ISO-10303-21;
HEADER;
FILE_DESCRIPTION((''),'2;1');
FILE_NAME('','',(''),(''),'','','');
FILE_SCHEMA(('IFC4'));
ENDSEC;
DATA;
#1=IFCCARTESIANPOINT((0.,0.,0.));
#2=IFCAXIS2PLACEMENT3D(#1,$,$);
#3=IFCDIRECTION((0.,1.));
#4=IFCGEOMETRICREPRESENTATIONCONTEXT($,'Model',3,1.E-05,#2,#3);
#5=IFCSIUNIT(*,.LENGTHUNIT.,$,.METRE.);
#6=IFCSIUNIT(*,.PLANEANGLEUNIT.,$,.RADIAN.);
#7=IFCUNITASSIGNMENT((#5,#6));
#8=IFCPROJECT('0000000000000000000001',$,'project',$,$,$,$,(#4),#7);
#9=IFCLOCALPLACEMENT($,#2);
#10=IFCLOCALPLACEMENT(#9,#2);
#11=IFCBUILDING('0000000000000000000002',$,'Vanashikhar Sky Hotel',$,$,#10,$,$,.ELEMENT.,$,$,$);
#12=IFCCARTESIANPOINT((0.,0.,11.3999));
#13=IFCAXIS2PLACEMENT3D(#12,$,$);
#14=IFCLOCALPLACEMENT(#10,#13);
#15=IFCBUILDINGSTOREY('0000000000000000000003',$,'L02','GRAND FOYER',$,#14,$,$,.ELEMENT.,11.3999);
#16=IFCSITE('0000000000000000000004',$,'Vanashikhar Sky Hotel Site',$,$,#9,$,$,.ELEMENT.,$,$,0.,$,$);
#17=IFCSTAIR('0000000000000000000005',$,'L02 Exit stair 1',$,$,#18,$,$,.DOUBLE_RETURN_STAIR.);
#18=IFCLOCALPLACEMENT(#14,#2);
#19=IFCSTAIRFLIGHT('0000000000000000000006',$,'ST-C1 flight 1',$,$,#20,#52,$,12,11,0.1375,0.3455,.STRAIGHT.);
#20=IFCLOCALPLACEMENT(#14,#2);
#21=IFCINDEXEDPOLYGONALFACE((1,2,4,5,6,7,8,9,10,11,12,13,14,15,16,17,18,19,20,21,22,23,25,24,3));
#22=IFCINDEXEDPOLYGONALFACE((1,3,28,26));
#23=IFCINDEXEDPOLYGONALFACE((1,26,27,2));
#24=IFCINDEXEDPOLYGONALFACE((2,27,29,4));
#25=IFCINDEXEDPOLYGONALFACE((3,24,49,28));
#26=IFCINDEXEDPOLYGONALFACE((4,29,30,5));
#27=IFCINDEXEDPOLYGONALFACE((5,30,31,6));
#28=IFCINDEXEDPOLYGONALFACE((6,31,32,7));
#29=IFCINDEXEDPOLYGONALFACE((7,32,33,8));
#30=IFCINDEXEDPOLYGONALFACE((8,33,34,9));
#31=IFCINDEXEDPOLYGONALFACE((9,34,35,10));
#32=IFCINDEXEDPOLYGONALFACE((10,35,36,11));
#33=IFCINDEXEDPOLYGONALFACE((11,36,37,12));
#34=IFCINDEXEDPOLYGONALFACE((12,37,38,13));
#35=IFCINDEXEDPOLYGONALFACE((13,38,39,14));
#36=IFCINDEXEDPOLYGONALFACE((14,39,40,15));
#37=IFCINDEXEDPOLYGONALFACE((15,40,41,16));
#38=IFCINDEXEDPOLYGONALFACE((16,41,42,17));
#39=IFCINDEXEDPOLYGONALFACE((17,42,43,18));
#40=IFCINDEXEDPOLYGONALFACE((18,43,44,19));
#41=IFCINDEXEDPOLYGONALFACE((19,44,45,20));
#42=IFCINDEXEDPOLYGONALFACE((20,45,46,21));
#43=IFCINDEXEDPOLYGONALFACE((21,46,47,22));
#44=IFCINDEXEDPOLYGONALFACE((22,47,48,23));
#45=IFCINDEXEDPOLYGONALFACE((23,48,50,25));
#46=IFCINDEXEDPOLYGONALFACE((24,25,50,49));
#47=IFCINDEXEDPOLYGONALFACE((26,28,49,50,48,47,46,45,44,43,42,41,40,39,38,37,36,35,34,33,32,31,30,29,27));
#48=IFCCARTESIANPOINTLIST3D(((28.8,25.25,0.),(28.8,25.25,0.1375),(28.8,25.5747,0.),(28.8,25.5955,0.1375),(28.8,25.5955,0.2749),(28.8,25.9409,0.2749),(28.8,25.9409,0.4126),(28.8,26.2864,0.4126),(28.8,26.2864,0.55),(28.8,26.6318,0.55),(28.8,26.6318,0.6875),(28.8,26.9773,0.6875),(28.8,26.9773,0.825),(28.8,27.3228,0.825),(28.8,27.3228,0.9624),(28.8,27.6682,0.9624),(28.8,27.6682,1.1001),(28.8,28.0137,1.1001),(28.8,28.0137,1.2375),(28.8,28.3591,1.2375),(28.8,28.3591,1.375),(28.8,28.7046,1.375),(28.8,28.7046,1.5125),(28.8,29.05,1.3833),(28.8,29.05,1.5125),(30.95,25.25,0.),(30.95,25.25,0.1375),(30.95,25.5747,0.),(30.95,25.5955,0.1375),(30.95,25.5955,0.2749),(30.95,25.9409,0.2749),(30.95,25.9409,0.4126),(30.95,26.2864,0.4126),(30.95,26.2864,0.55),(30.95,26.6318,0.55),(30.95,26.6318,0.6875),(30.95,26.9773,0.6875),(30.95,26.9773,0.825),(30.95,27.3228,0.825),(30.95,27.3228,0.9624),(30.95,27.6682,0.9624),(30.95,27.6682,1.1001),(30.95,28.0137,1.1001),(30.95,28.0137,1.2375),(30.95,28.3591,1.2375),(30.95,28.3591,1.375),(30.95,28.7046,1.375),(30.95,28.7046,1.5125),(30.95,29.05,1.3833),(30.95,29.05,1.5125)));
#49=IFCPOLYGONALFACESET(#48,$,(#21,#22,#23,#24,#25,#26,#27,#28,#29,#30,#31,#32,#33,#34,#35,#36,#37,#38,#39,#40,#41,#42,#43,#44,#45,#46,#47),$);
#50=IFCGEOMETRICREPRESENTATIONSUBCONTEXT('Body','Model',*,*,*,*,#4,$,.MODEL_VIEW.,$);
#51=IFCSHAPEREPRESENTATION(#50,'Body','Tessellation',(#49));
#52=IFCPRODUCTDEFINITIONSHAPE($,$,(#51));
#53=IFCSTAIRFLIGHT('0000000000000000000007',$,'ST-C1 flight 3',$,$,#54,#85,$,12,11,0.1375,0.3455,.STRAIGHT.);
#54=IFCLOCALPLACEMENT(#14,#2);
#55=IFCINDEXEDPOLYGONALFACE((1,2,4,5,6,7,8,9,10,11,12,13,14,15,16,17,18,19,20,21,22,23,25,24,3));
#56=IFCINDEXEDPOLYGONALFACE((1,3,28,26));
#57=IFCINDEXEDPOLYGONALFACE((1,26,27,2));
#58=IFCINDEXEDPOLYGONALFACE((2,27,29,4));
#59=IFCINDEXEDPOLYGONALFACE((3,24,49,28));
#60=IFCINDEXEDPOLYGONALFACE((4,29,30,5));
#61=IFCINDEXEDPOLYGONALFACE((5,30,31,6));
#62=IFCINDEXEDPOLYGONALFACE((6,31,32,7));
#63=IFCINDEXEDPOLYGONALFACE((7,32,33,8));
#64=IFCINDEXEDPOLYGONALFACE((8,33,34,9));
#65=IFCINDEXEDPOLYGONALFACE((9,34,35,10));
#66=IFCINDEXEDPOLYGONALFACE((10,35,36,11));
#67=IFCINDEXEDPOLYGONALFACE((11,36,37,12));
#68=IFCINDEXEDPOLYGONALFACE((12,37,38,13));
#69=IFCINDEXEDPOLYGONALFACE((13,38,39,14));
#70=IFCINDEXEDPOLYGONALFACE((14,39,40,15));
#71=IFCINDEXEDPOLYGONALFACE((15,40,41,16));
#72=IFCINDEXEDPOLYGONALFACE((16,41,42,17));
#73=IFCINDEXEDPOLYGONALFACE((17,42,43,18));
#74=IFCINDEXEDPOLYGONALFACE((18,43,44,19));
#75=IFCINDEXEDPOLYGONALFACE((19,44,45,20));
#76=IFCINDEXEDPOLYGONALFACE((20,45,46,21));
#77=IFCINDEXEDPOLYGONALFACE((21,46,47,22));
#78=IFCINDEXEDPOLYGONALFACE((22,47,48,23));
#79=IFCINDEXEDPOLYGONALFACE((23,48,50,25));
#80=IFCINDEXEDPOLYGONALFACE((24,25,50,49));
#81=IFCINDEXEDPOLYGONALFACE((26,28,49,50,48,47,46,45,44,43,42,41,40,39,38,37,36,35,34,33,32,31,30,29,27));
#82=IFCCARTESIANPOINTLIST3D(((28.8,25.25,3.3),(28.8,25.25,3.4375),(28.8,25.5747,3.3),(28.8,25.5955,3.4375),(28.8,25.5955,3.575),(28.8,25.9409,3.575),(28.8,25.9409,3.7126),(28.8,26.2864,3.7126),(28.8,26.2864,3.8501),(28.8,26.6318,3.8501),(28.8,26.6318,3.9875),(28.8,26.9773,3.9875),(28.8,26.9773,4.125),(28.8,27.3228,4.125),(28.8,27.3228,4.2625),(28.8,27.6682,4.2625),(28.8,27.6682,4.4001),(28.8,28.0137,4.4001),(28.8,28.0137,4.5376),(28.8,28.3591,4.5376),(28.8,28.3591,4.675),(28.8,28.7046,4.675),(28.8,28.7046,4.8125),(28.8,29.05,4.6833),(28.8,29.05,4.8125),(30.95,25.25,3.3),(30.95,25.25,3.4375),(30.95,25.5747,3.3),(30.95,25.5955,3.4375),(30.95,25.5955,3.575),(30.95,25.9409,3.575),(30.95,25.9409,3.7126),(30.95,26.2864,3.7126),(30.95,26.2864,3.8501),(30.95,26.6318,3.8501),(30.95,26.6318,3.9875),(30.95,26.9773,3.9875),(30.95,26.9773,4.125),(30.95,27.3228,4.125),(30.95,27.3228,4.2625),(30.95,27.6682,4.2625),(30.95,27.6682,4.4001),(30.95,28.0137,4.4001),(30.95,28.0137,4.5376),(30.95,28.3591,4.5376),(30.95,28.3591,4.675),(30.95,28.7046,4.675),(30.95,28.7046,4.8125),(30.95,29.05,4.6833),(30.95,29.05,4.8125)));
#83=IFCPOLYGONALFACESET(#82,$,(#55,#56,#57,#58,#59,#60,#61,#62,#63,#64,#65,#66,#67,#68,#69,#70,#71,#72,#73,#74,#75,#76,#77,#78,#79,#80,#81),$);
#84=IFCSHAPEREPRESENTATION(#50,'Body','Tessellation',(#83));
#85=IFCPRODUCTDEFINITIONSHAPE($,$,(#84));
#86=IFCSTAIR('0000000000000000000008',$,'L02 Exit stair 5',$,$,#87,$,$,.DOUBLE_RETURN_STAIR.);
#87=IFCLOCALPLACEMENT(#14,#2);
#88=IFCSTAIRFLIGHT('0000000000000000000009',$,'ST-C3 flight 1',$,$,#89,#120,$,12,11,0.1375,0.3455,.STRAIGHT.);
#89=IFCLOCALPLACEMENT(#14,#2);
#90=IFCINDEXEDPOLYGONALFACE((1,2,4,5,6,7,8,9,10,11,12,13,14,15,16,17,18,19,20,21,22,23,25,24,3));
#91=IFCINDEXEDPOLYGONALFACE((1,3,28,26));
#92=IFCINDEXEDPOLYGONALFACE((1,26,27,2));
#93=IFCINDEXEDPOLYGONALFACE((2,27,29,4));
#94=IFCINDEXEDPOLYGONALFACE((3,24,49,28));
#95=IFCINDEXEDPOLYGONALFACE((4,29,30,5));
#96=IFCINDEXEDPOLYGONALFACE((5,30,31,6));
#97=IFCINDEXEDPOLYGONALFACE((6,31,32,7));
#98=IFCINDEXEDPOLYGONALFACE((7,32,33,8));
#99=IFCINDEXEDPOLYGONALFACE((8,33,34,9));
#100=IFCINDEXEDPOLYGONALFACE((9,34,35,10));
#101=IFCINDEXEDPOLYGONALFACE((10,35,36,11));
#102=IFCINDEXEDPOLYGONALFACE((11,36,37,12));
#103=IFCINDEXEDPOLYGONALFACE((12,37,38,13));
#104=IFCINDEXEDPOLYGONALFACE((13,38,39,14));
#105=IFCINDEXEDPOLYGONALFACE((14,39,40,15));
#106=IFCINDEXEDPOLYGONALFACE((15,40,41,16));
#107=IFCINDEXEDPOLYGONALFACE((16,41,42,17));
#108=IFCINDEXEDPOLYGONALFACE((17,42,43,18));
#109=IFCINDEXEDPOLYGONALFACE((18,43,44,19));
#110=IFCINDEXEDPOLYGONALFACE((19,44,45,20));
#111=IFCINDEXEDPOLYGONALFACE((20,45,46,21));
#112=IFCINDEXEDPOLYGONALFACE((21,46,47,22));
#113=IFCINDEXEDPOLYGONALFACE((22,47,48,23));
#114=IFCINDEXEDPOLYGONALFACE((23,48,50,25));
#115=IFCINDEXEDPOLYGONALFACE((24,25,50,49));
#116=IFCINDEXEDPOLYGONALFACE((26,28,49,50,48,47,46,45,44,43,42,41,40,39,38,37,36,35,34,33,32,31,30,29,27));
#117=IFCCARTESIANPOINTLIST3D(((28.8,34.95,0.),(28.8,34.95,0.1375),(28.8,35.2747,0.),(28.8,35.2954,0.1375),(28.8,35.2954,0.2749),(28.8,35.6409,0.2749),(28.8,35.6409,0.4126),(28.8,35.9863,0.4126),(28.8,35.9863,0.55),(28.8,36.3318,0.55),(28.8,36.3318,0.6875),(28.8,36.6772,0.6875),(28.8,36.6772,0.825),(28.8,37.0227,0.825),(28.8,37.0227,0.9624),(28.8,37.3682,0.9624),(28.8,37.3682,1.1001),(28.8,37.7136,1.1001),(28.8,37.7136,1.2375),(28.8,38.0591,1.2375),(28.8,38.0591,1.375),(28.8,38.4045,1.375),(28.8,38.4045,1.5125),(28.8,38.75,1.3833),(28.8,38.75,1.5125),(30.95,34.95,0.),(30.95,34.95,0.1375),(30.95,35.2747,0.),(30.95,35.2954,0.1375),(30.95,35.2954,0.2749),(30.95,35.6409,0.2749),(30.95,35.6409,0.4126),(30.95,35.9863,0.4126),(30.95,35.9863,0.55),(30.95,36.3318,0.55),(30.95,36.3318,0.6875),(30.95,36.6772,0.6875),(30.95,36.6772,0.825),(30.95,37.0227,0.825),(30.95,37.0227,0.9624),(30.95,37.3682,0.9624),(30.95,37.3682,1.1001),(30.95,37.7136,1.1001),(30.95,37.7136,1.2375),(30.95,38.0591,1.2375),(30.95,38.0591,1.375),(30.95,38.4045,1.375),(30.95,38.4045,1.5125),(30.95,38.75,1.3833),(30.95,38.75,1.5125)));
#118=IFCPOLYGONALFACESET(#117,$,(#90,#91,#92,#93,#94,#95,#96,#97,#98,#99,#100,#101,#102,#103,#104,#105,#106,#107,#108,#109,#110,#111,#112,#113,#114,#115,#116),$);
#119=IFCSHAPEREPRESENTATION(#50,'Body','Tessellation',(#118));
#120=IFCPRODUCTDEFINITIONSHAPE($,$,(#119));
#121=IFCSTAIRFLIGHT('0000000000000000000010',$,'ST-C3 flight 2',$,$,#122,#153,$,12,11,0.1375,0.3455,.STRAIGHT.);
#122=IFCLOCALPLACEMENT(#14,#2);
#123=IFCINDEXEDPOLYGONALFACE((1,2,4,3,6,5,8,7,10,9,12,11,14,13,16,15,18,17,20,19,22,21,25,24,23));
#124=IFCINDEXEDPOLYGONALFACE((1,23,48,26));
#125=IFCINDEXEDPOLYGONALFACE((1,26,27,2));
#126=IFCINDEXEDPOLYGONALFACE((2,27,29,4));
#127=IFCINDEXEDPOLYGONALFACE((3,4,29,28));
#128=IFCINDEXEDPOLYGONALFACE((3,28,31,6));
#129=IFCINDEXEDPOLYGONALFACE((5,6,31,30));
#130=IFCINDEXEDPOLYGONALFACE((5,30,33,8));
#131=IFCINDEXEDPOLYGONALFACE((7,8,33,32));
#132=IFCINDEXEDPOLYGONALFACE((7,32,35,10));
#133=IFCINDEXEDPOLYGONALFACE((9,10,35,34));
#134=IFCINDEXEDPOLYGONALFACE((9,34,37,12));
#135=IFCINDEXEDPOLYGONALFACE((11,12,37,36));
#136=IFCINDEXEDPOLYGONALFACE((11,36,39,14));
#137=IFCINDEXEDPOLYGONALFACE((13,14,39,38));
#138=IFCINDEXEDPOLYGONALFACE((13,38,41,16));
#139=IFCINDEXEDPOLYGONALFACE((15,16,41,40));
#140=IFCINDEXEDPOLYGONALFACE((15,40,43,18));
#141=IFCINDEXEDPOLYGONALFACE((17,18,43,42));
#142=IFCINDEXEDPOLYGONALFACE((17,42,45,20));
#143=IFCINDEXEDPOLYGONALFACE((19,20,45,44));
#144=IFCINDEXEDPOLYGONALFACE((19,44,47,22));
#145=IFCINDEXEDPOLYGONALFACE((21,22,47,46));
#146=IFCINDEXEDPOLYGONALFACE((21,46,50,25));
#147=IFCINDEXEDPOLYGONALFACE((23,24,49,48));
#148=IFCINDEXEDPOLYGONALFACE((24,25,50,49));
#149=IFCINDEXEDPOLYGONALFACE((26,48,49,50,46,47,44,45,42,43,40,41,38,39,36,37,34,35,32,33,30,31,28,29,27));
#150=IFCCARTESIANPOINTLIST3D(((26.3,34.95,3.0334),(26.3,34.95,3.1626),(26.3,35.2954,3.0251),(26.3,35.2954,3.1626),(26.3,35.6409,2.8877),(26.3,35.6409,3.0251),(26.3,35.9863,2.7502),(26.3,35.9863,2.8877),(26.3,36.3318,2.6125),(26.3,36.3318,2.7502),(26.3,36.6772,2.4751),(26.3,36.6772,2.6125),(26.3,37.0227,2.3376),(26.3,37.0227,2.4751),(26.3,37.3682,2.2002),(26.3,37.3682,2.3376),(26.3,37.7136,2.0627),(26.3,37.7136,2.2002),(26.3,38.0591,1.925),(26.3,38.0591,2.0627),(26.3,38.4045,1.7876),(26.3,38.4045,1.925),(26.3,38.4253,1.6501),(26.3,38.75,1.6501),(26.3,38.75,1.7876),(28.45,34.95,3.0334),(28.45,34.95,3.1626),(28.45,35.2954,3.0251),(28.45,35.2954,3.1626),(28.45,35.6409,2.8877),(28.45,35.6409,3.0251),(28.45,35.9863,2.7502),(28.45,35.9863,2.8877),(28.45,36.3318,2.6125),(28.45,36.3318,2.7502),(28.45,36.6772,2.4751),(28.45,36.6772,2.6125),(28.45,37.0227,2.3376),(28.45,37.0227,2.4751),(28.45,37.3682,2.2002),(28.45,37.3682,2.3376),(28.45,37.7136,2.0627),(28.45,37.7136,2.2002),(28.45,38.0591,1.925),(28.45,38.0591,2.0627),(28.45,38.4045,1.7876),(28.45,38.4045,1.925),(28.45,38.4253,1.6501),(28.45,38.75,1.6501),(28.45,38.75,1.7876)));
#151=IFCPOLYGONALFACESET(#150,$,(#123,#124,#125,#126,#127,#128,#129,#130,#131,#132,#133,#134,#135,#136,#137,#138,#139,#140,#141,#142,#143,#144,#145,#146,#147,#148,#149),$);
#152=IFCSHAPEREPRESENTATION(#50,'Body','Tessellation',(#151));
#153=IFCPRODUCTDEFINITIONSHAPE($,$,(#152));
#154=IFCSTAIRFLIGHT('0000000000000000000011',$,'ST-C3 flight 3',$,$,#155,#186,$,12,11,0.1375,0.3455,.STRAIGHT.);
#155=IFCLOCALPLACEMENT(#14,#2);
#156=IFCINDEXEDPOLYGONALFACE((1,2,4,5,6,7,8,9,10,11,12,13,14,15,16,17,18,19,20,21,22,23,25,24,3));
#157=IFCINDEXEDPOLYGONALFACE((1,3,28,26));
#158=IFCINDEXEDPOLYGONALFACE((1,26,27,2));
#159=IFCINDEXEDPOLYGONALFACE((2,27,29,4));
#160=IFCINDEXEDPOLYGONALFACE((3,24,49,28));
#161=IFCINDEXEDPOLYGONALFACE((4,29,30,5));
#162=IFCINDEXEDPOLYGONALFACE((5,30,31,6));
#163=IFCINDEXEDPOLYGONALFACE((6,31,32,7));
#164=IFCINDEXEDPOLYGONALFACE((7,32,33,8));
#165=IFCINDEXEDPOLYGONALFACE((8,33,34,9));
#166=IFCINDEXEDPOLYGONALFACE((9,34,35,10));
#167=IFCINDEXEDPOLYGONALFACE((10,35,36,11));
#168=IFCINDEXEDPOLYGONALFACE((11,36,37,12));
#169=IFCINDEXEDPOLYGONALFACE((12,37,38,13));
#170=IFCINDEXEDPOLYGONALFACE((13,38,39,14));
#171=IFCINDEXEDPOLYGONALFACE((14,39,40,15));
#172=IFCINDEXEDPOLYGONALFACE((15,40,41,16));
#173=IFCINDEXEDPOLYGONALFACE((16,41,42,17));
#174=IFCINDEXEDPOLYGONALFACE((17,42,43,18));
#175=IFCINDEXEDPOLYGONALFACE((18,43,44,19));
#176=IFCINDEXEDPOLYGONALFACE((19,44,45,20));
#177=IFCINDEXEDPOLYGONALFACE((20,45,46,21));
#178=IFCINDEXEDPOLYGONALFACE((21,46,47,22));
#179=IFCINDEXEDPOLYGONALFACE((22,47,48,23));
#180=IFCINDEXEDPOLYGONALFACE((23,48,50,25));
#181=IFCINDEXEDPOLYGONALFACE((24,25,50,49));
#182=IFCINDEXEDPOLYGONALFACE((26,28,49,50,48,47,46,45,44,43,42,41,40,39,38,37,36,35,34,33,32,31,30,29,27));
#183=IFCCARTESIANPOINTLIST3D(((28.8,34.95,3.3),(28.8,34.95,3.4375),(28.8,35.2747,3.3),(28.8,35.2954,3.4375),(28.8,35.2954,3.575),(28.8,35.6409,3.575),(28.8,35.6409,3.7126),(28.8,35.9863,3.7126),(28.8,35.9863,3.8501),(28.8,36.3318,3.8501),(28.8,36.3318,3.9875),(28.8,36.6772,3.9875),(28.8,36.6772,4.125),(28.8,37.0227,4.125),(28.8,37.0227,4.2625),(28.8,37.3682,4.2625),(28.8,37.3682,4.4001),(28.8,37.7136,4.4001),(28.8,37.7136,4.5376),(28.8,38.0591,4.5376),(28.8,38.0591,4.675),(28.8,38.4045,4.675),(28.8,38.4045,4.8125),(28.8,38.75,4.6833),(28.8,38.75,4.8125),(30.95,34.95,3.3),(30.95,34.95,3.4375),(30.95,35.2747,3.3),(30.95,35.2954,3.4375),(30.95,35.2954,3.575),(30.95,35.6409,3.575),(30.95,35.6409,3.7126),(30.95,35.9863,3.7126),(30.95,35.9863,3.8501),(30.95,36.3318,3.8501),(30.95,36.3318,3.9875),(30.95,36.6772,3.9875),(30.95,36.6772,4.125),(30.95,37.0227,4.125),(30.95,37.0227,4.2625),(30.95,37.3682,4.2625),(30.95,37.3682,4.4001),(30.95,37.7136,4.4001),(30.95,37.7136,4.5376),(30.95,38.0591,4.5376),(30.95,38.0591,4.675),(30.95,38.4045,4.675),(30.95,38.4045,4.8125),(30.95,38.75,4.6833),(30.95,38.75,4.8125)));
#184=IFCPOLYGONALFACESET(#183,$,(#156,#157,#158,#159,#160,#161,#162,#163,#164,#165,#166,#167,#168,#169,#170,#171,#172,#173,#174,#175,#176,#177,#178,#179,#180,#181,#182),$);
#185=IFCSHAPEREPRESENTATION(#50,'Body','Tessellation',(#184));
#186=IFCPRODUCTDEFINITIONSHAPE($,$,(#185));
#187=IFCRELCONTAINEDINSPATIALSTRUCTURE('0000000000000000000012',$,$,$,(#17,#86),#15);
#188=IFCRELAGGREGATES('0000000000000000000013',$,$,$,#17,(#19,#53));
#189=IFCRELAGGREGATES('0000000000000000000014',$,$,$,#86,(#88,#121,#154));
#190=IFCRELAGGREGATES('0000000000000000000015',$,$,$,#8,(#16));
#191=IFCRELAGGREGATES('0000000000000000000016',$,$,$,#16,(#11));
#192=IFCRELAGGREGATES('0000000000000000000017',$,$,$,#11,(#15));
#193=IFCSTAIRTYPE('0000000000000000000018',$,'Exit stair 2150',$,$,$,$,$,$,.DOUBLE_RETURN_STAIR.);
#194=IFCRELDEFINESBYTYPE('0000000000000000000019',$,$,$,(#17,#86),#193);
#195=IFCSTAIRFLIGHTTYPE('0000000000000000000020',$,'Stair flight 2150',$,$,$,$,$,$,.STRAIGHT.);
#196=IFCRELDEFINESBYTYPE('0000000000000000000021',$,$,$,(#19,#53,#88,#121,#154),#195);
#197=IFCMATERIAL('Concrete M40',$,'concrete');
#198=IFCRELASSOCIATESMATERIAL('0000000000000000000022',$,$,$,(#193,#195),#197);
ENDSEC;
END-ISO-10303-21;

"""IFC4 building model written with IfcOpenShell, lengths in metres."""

from ifc_helpers import new_model, si_unit, direction, frame, origin, place, context, subcontext, project, spatial, polyline, outline, extrude, source, transform, mapped, material, type_object, element, aggregate, save


model = new_model("IFC4")

# Units and contexts
model_context = context("Model", 3, precision=1e-05, world=origin(), true_north=direction((0.0, 1.0)))
body_context = subcontext(model_context, "Body", "Model", "MODEL_VIEW")
ifc_project = project(units=[si_unit("LENGTHUNIT", "METRE"), si_unit("PLANEANGLEUNIT", "RADIAN")], contexts=[model_context])

# Site, building, storey
site_placement = place(None, origin())
site = spatial("IfcSite", under=ifc_project, at=site_placement, Name="Vanashikhar Sky Hotel Site", CompositionType="ELEMENT", RefElevation=0.0)
building_placement = place(site_placement, origin())
building = spatial("IfcBuilding", under=site, at=building_placement, Name="Vanashikhar Sky Hotel", CompositionType="ELEMENT")
storey_placement = place(building_placement, frame((0.0, 0.0, 11.3999)))
storey = spatial("IfcBuildingStorey", under=building, at=storey_placement, Name="L02", Description="GRAND FOYER", CompositionType="ELEMENT", Elevation=11.3999)

# Stairs, stair flights
ifc_material_1 = material(Name="Concrete M40", Category="concrete")
stair_type = type_object("IfcStairType", Name="Exit stair 2150", PredefinedType="DOUBLE_RETURN_STAIR", material=ifc_material_1)
stair_1_placement = place(storey_placement, origin())
stair_1 = element("IfcStair", 1, at=stair_1_placement, inside=storey, type_object=stair_type, Name="L02 Exit stair 1", PredefinedType="DOUBLE_RETURN_STAIR")
stair_flight_type = type_object("IfcStairFlightType", Name="Stair flight 2150", PredefinedType="STRAIGHT", material=ifc_material_1)
shared_shape_1 = source(origin(), body_context, "Body", "SweptSolid", [
    extrude(outline(polyline([(0.0, 0.0), (0.0, 0.1375), (0.3455, 0.1375), (0.3455, 0.2749), (0.6909, 0.2749), (0.6909, 0.4126), (1.0364, 0.4126), (1.0364, 0.55), (1.3818, 0.55), (1.3818, 0.6875), (1.7273, 0.6875), (1.7273, 0.825), (2.0728, 0.825), (2.0728, 0.9624), (2.4182, 0.9624), (2.4182, 1.1001), (2.7637, 1.1001), (2.7637, 1.2375), (3.1091, 1.2375), (3.1091, 1.375), (3.4546, 1.375), (3.4546, 1.5125), (3.8, 1.5125), (3.8, 1.6499), (3.8, 1.3833), (0.3247, 0.0), (0.0, 0.0)])), frame((0.0, 1.075, 0.0), z_axis=(0.0, -1.0, 0.0), x_axis=(1.0, 0.0, 0.0)), (0.0, 0.0, 1.0), 2.1499),
])
stair_flight_1_placement = place(storey_placement, frame((29.875, 25.25, 0.0), z_axis=(0.0, 0.0, 1.0), x_axis=(0.0, 1.0, 0.0)))
stair_flight_1 = element("IfcStairFlight", 2, at=stair_flight_1_placement, type_object=stair_flight_type, Name="ST-C1 flight 1", NumberOfRisers=12, NumberOfTreads=11, PredefinedType="STRAIGHT", RiserHeight=0.1375, TreadLength=0.3455, context=body_context, shape_type="MappedRepresentation", body=[
    mapped(shared_shape_1, transform((0.0, 0.0, 0.0), scale=1.0)),
])
stair_flight_2_placement = place(storey_placement, frame((29.875, 25.25, 3.3), z_axis=(0.0, 0.0, 1.0), x_axis=(0.0, 1.0, 0.0)))
stair_flight_2 = element("IfcStairFlight", 3, at=stair_flight_2_placement, type_object=stair_flight_type, Name="ST-C1 flight 3", NumberOfRisers=12, NumberOfTreads=11, PredefinedType="STRAIGHT", RiserHeight=0.1375, TreadLength=0.3455, context=body_context, shape_type="MappedRepresentation", body=[
    mapped(shared_shape_1, transform((0.0, 0.0, 0.0), scale=1.0)),
])
aggregate(stair_1, [stair_flight_1, stair_flight_2])
stair_2_placement = place(storey_placement, origin())
stair_2 = element("IfcStair", 4, at=stair_2_placement, inside=storey, type_object=stair_type, Name="L02 Exit stair 5", PredefinedType="DOUBLE_RETURN_STAIR")
stair_flight_3_placement = place(storey_placement, frame((29.875, 34.95, 0.0), z_axis=(0.0, 0.0, 1.0), x_axis=(0.0, 1.0, 0.0)))
stair_flight_3 = element("IfcStairFlight", 5, at=stair_flight_3_placement, type_object=stair_flight_type, Name="ST-C3 flight 1", NumberOfRisers=12, NumberOfTreads=11, PredefinedType="STRAIGHT", RiserHeight=0.1375, TreadLength=0.3455, context=body_context, shape_type="MappedRepresentation", body=[
    mapped(shared_shape_1, transform((0.0, 0.0, 0.0), scale=1.0)),
])
stair_flight_4_placement = place(storey_placement, frame((27.375, 38.75, 1.6501), z_axis=(0.0, 0.0, 1.0), x_axis=(0.0, -1.0, 0.0)))
stair_flight_4 = element("IfcStairFlight", 6, at=stair_flight_4_placement, type_object=stair_flight_type, Name="ST-C3 flight 2", NumberOfRisers=12, NumberOfTreads=11, PredefinedType="STRAIGHT", RiserHeight=0.1375, TreadLength=0.3455, context=body_context, shape_type="MappedRepresentation", body=[
    mapped(shared_shape_1, transform((0.0, 0.0, 0.0), scale=1.0)),
])
stair_flight_5_placement = place(storey_placement, frame((29.875, 34.95, 3.3), z_axis=(0.0, 0.0, 1.0), x_axis=(0.0, 1.0, 0.0)))
stair_flight_5 = element("IfcStairFlight", 7, at=stair_flight_5_placement, type_object=stair_flight_type, Name="ST-C3 flight 3", NumberOfRisers=12, NumberOfTreads=11, PredefinedType="STRAIGHT", RiserHeight=0.1375, TreadLength=0.3455, context=body_context, shape_type="MappedRepresentation", body=[
    mapped(shared_shape_1, transform((0.0, 0.0, 0.0), scale=1.0)),
])
aggregate(stair_2, [stair_flight_3, stair_flight_4, stair_flight_5])

save(model, "model.ifc")
